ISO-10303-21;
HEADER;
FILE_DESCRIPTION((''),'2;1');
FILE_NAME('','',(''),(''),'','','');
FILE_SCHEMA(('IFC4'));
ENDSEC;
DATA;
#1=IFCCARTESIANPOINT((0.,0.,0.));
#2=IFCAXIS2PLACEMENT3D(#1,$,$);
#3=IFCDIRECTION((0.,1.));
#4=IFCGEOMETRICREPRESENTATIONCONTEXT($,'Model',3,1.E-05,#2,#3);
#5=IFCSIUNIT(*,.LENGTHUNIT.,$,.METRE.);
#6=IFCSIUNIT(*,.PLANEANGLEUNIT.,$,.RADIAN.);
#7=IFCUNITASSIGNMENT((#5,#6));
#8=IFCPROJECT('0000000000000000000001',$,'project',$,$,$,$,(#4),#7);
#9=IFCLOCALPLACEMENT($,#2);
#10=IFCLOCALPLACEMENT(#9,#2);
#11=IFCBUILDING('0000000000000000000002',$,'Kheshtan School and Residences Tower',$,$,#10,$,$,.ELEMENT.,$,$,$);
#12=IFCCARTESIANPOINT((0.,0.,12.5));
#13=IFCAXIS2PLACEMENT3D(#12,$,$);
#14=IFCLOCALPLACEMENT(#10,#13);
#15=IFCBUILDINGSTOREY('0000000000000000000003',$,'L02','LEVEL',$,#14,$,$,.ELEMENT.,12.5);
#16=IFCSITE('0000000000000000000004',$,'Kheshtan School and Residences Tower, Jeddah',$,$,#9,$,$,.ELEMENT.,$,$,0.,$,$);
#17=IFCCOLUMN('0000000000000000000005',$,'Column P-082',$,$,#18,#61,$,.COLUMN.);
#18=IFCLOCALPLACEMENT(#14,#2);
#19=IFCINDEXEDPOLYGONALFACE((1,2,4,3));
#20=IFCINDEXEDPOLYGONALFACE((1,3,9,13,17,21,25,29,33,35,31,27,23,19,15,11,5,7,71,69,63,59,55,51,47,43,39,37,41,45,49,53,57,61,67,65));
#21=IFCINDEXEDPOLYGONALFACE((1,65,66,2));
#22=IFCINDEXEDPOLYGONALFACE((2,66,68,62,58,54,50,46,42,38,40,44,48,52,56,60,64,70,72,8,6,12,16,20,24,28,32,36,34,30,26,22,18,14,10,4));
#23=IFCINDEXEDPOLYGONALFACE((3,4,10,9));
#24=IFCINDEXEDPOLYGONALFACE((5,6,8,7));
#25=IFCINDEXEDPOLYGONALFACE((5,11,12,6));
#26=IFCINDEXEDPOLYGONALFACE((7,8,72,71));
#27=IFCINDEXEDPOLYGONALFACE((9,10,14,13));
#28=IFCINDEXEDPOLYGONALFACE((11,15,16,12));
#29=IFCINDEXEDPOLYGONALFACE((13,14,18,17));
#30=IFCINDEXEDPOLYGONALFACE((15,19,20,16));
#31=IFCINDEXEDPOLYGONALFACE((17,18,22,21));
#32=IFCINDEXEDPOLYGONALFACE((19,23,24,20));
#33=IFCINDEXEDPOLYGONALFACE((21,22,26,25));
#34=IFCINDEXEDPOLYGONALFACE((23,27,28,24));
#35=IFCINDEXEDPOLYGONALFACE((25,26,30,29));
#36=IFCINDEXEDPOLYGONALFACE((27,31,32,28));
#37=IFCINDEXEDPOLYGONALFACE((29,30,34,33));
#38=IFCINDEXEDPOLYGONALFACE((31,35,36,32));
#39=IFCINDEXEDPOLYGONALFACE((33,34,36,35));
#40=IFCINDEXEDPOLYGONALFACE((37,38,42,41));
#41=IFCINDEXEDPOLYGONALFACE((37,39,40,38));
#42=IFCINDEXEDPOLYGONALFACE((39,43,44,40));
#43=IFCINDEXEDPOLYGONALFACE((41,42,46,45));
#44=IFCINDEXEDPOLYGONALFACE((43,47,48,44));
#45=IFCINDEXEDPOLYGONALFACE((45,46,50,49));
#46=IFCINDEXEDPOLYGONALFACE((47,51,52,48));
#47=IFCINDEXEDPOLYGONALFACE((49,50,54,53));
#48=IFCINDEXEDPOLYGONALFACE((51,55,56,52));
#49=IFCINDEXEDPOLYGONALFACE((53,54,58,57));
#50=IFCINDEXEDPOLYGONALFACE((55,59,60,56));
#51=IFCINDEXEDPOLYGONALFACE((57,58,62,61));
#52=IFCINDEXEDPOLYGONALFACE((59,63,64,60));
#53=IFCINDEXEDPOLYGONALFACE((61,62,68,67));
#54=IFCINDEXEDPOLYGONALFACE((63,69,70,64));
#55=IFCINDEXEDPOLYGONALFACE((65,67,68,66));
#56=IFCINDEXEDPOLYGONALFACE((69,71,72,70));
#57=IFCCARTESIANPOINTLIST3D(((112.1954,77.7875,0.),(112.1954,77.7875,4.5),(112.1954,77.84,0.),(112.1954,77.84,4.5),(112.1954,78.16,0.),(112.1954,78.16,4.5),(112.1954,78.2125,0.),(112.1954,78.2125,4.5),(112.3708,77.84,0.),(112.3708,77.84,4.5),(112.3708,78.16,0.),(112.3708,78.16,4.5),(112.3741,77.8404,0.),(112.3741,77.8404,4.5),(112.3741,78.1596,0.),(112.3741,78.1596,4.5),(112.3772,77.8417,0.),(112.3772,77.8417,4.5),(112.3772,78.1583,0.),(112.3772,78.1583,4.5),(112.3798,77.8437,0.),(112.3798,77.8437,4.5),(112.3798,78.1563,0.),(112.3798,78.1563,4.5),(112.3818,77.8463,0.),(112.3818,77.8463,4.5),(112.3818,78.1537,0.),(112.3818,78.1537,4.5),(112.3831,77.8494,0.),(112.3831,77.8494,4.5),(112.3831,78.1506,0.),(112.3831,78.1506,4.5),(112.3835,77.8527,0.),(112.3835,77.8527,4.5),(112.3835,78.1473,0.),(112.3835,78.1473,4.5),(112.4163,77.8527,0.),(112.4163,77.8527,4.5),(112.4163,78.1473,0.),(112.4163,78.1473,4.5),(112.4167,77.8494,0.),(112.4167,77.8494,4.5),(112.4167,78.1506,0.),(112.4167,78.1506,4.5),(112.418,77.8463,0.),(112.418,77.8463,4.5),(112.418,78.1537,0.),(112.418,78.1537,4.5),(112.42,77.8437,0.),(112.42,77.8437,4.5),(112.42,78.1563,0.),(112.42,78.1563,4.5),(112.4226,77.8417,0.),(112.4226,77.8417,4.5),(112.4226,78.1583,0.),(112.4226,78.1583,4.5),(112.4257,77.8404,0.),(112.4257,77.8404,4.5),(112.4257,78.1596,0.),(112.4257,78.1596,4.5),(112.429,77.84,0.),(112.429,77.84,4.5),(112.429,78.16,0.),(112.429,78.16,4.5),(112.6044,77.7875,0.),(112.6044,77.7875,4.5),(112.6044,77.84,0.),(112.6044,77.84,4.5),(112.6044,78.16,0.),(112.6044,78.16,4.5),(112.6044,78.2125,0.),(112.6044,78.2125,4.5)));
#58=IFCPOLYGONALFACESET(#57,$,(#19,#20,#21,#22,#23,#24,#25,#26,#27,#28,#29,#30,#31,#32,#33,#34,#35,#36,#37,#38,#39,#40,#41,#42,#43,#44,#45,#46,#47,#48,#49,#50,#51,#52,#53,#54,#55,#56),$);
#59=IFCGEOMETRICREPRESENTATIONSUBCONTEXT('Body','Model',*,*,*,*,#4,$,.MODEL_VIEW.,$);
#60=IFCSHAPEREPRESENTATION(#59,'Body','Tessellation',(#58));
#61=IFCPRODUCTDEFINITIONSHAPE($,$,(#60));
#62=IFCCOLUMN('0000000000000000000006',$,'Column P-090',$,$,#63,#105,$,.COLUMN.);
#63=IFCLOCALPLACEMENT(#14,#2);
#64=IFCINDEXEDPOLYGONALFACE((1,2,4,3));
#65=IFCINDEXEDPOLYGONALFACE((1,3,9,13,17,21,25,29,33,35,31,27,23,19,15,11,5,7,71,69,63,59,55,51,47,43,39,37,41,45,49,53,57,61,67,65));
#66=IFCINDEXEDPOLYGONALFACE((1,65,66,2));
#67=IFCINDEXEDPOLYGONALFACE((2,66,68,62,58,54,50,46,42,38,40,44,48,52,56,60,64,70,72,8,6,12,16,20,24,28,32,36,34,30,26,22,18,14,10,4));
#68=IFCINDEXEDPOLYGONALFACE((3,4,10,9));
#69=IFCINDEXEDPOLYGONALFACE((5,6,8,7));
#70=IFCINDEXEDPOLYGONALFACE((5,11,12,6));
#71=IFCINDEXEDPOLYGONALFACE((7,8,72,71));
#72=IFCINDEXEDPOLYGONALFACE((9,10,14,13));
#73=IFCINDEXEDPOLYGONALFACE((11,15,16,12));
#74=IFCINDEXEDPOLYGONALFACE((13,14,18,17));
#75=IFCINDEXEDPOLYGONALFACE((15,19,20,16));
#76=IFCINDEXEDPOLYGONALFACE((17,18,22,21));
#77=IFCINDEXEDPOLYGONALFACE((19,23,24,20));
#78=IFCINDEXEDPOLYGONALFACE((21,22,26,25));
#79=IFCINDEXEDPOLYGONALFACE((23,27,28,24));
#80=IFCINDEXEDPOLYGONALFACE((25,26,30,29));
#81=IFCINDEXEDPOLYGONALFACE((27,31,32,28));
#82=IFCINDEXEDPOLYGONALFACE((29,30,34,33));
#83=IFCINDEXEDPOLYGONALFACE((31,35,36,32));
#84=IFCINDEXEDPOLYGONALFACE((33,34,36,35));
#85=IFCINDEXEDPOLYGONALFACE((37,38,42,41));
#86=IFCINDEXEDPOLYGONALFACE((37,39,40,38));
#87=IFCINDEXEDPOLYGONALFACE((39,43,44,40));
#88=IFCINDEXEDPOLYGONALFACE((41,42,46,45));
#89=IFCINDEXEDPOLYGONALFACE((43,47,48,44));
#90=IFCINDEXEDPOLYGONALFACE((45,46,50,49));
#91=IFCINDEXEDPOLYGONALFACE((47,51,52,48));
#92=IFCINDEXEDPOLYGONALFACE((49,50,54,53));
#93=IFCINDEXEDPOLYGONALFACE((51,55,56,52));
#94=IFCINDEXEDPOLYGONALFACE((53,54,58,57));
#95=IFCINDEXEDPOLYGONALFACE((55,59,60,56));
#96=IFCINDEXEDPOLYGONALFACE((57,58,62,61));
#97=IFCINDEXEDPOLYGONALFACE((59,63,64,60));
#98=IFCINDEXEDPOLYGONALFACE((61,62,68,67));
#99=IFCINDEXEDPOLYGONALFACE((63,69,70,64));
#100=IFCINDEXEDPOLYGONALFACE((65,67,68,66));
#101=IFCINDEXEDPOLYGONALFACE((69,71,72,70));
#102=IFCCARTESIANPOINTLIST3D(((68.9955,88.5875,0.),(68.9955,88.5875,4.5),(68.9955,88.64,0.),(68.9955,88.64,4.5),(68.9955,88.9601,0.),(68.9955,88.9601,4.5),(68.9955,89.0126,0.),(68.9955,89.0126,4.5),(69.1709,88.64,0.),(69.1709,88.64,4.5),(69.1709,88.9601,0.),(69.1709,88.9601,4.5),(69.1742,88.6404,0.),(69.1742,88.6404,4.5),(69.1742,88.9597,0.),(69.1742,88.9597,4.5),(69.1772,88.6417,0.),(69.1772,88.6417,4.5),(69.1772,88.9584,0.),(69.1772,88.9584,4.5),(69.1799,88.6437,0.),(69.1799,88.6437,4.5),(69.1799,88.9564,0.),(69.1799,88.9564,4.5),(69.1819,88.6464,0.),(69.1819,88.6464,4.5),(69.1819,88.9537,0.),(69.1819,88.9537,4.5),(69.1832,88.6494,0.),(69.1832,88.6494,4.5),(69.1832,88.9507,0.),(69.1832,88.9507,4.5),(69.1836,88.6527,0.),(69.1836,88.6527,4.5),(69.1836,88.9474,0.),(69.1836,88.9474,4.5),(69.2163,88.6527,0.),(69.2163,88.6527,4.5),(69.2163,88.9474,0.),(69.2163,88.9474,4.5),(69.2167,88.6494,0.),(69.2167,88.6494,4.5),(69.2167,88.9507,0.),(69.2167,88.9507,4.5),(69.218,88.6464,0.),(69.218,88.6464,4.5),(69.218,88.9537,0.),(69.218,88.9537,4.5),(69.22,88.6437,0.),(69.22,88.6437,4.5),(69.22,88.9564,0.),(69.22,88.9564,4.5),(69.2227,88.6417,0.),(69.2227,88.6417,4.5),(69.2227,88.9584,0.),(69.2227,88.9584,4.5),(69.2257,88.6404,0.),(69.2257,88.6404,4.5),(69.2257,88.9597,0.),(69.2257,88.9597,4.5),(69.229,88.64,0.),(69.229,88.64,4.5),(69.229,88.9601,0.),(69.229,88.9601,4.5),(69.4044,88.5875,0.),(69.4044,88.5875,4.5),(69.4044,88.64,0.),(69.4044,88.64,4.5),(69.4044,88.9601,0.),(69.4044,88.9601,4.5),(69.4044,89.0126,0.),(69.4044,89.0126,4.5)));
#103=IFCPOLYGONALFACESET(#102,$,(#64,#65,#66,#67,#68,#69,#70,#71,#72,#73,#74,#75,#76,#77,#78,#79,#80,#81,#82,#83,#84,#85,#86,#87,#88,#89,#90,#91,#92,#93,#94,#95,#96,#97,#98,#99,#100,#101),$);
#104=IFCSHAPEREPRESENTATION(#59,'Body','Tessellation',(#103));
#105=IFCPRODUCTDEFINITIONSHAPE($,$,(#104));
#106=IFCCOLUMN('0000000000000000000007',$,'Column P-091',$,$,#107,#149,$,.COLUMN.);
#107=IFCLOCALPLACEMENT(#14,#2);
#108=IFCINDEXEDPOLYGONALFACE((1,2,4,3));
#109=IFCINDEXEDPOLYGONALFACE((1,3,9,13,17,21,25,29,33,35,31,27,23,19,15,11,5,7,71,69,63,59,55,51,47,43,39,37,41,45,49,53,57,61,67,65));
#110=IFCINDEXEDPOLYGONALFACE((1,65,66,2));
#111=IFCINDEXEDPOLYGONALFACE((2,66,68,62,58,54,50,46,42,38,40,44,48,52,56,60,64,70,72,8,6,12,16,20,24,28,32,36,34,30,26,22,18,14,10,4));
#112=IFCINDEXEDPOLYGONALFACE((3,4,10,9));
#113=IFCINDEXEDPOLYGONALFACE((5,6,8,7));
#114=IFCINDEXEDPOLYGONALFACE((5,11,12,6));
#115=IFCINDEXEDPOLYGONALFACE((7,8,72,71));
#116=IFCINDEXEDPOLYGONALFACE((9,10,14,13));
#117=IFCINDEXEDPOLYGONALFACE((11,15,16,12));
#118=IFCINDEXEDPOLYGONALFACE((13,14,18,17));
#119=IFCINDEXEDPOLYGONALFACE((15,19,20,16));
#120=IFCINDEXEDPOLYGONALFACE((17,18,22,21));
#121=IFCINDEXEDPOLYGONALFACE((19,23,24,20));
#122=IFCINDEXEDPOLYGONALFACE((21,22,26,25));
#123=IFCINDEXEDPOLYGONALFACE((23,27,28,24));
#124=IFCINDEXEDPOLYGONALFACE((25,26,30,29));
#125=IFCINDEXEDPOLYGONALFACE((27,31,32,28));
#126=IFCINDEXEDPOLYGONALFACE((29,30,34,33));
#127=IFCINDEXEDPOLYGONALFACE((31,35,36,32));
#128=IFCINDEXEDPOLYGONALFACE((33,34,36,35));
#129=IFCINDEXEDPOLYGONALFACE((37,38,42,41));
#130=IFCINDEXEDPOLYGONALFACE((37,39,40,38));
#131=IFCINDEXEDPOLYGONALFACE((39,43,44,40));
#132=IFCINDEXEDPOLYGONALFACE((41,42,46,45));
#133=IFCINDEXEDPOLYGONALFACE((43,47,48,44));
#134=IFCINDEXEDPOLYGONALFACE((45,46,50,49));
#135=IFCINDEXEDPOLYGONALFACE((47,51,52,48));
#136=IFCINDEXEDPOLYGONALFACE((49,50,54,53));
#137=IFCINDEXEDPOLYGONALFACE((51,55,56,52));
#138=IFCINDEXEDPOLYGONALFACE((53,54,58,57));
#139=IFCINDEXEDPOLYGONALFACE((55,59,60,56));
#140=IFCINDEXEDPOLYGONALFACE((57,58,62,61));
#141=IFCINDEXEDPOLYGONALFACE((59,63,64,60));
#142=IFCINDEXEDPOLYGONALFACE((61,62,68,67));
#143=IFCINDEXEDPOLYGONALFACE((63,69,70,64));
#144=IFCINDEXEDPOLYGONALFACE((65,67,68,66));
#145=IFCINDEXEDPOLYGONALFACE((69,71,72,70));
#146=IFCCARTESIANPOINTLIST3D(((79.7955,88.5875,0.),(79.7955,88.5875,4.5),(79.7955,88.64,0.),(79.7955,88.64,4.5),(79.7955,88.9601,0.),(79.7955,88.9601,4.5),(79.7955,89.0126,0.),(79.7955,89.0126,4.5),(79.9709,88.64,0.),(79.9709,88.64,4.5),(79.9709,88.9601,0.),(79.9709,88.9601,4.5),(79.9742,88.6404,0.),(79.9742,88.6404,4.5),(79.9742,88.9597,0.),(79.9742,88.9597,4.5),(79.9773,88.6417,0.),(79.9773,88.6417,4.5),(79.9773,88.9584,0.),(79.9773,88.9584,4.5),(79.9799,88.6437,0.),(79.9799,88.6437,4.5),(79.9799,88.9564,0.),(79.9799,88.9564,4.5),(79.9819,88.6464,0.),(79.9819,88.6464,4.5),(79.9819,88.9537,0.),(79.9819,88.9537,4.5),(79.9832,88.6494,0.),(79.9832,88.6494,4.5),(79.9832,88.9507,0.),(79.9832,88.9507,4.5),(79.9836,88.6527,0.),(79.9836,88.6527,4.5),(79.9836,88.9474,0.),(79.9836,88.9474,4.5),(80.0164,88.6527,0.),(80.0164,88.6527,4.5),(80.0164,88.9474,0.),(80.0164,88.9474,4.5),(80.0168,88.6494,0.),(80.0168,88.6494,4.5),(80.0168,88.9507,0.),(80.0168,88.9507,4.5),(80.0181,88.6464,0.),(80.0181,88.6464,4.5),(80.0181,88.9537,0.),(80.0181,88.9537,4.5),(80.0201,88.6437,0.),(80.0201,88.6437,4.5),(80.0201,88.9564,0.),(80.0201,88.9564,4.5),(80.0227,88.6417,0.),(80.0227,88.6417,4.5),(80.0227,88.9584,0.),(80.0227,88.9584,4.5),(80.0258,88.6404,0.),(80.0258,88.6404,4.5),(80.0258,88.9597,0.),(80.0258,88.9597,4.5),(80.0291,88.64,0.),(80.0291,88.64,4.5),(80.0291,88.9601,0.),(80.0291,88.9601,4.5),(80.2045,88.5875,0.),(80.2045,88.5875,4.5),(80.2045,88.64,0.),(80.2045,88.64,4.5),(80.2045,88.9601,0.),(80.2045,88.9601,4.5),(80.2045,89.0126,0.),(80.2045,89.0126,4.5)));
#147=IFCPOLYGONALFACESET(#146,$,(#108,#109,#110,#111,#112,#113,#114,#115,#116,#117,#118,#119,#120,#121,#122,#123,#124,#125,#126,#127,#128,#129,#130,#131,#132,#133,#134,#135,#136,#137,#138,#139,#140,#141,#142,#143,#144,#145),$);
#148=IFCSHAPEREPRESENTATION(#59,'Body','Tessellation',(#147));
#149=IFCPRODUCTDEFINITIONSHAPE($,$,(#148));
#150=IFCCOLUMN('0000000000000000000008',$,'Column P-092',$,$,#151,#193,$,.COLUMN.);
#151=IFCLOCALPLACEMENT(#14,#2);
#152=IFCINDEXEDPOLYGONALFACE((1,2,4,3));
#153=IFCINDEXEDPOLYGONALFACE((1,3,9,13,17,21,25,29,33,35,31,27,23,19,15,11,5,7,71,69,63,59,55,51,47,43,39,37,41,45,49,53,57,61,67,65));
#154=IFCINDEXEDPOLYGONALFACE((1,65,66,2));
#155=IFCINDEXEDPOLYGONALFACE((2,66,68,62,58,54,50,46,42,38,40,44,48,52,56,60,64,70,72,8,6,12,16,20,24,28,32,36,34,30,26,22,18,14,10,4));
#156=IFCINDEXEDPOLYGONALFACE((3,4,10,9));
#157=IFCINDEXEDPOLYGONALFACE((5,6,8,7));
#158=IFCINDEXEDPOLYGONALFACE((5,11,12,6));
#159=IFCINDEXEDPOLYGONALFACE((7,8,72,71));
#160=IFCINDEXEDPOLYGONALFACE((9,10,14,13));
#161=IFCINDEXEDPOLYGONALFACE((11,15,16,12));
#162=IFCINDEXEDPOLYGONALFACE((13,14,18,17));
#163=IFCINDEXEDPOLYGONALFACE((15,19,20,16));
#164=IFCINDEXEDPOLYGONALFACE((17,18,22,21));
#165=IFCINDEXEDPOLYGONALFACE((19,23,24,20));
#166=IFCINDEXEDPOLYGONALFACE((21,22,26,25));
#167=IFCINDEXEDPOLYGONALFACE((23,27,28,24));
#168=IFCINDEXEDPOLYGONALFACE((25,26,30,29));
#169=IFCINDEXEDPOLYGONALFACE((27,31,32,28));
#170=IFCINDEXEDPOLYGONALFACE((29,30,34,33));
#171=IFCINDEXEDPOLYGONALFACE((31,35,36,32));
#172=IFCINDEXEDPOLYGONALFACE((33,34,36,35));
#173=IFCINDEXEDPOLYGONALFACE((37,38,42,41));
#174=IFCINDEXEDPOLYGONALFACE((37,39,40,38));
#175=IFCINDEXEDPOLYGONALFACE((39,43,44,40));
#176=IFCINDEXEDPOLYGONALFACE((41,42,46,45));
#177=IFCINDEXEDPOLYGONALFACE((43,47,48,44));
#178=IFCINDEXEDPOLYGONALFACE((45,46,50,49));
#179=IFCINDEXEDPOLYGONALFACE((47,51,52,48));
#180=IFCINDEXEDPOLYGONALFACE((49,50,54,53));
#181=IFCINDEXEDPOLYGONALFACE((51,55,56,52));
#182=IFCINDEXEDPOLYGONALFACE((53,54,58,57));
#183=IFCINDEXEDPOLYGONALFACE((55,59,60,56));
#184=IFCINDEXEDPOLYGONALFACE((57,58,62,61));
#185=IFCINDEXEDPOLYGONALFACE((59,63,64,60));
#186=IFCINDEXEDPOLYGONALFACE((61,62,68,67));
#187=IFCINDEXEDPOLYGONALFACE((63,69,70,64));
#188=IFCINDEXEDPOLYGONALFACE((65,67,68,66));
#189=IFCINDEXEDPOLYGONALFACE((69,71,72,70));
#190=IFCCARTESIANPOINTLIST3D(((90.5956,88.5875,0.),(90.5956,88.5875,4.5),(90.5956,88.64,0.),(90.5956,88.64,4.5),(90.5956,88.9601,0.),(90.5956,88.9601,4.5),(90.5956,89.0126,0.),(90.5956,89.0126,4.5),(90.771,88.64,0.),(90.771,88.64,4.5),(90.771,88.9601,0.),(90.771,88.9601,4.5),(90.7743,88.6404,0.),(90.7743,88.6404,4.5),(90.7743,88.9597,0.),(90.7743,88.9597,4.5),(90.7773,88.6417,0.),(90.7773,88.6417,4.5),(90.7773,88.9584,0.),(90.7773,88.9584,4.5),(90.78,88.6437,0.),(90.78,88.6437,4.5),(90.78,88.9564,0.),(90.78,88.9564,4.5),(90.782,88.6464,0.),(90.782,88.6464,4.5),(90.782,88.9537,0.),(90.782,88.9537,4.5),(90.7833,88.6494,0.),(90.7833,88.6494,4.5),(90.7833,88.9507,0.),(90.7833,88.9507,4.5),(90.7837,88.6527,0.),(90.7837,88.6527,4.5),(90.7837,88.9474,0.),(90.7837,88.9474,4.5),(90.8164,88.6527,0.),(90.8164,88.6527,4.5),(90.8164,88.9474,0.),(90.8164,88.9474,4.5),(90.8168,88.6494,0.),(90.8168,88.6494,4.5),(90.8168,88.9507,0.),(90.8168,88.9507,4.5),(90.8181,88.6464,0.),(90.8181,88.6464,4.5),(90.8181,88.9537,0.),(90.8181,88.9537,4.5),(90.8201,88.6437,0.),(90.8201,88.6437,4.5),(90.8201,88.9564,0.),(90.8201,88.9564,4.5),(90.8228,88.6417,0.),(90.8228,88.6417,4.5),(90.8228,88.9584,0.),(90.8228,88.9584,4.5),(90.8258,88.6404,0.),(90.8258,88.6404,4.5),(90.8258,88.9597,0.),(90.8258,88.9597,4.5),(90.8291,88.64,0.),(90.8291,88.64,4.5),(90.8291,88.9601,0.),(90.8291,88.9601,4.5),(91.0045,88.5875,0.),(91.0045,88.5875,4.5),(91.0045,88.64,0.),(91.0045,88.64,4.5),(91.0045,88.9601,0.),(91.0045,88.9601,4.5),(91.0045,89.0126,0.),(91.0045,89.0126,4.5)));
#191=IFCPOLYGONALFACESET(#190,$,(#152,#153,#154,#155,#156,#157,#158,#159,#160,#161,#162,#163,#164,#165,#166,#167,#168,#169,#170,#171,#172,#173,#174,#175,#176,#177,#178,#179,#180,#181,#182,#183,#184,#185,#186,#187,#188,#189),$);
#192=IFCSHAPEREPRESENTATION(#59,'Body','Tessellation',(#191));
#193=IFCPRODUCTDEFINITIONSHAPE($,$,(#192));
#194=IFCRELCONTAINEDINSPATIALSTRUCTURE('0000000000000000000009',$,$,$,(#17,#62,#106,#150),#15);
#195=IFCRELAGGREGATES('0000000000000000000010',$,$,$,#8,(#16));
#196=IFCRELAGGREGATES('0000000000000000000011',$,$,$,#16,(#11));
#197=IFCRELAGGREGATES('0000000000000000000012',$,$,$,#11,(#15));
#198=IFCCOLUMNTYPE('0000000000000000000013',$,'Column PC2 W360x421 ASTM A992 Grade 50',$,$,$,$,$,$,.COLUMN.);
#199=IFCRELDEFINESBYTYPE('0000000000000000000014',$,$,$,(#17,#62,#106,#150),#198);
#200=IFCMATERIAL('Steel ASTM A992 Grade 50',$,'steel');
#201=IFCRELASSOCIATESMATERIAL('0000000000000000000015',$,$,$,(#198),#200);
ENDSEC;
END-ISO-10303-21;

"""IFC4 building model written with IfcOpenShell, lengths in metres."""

from ifc_helpers import new_model, si_unit, direction, frame, origin, origin_2d, place, context, subcontext, project, spatial, i_section, extrude, material, material_profile, profile_set, type_object, element, save


model = new_model("IFC4")

# Units and contexts
model_context = context("Model", 3, precision=1e-05, world=origin(), true_north=direction((0.0, 1.0)))
body_context = subcontext(model_context, "Body", "Model", "MODEL_VIEW")
ifc_project = project(units=[si_unit("LENGTHUNIT", "METRE"), si_unit("PLANEANGLEUNIT", "RADIAN")], contexts=[model_context])

# Site, building, storey
site_placement = place(None, origin())
site = spatial("IfcSite", under=ifc_project, at=site_placement, Name="Kheshtan School and Residences Tower, Jeddah", CompositionType="ELEMENT", RefElevation=0.0)
building_placement = place(site_placement, origin())
building = spatial("IfcBuilding", under=site, at=building_placement, Name="Kheshtan School and Residences Tower", CompositionType="ELEMENT")
storey_placement = place(building_placement, frame((0.0, 0.0, 12.5)))
storey = spatial("IfcBuildingStorey", under=building, at=storey_placement, Name="L02", Description="LEVEL", CompositionType="ELEMENT", Elevation=12.5)

# Columns
ifc_material_1 = material(Name="Steel ASTM A992 Grade 50", Category="steel")
ifc_material_profile_1 = material_profile(ifc_material_1, i_section(OverallWidth=0.4089, OverallDepth=0.425, WebThickness=0.0327, FlangeThickness=0.0525, FilletRadius=0.0127, at=origin_2d()), Name="W360x421")
ifc_profile_set_1 = profile_set([ifc_material_profile_1], Name="Steel ASTM A992 Grade 50")
column_type = type_object("IfcColumnType", Name="Column PC2 W360x421 ASTM A992 Grade 50", PredefinedType="COLUMN", material=ifc_profile_set_1)
for number, where, z_axis, x_axis, name in (
    (1, (112.3999, 78.0, 0.0), (0.0, 0.0, 1.0), (1.0, 0.0, 0.0), "Column P-082"),
    (2, (69.2, 88.8, 0.0), (0.0, 0.0, 1.0), (1.0, 0.0, 0.0), "Column P-090"),
    (3, (80.0, 88.8, 0.0), (0.0, 0.0, 1.0), (1.0, 0.0, 0.0), "Column P-091"),
    (4, (90.8, 88.8, 0.0), (0.0, 0.0, 1.0), (1.0, 0.0, 0.0), "Column P-092"),
):
    element("IfcColumn", number, at=place(storey_placement, frame(where, z_axis=z_axis, x_axis=x_axis)), inside=storey, type_object=column_type, Name=name, PredefinedType="COLUMN", context=body_context, shape_type="SweptSolid", body=[
        extrude(i_section(OverallWidth=0.4089, OverallDepth=0.425, WebThickness=0.0327, FlangeThickness=0.0525, FilletRadius=0.0127, at=origin_2d()), origin(), (0.0, 0.0, 1.0), 4.5),
    ])

save(model, "model.ifc")
